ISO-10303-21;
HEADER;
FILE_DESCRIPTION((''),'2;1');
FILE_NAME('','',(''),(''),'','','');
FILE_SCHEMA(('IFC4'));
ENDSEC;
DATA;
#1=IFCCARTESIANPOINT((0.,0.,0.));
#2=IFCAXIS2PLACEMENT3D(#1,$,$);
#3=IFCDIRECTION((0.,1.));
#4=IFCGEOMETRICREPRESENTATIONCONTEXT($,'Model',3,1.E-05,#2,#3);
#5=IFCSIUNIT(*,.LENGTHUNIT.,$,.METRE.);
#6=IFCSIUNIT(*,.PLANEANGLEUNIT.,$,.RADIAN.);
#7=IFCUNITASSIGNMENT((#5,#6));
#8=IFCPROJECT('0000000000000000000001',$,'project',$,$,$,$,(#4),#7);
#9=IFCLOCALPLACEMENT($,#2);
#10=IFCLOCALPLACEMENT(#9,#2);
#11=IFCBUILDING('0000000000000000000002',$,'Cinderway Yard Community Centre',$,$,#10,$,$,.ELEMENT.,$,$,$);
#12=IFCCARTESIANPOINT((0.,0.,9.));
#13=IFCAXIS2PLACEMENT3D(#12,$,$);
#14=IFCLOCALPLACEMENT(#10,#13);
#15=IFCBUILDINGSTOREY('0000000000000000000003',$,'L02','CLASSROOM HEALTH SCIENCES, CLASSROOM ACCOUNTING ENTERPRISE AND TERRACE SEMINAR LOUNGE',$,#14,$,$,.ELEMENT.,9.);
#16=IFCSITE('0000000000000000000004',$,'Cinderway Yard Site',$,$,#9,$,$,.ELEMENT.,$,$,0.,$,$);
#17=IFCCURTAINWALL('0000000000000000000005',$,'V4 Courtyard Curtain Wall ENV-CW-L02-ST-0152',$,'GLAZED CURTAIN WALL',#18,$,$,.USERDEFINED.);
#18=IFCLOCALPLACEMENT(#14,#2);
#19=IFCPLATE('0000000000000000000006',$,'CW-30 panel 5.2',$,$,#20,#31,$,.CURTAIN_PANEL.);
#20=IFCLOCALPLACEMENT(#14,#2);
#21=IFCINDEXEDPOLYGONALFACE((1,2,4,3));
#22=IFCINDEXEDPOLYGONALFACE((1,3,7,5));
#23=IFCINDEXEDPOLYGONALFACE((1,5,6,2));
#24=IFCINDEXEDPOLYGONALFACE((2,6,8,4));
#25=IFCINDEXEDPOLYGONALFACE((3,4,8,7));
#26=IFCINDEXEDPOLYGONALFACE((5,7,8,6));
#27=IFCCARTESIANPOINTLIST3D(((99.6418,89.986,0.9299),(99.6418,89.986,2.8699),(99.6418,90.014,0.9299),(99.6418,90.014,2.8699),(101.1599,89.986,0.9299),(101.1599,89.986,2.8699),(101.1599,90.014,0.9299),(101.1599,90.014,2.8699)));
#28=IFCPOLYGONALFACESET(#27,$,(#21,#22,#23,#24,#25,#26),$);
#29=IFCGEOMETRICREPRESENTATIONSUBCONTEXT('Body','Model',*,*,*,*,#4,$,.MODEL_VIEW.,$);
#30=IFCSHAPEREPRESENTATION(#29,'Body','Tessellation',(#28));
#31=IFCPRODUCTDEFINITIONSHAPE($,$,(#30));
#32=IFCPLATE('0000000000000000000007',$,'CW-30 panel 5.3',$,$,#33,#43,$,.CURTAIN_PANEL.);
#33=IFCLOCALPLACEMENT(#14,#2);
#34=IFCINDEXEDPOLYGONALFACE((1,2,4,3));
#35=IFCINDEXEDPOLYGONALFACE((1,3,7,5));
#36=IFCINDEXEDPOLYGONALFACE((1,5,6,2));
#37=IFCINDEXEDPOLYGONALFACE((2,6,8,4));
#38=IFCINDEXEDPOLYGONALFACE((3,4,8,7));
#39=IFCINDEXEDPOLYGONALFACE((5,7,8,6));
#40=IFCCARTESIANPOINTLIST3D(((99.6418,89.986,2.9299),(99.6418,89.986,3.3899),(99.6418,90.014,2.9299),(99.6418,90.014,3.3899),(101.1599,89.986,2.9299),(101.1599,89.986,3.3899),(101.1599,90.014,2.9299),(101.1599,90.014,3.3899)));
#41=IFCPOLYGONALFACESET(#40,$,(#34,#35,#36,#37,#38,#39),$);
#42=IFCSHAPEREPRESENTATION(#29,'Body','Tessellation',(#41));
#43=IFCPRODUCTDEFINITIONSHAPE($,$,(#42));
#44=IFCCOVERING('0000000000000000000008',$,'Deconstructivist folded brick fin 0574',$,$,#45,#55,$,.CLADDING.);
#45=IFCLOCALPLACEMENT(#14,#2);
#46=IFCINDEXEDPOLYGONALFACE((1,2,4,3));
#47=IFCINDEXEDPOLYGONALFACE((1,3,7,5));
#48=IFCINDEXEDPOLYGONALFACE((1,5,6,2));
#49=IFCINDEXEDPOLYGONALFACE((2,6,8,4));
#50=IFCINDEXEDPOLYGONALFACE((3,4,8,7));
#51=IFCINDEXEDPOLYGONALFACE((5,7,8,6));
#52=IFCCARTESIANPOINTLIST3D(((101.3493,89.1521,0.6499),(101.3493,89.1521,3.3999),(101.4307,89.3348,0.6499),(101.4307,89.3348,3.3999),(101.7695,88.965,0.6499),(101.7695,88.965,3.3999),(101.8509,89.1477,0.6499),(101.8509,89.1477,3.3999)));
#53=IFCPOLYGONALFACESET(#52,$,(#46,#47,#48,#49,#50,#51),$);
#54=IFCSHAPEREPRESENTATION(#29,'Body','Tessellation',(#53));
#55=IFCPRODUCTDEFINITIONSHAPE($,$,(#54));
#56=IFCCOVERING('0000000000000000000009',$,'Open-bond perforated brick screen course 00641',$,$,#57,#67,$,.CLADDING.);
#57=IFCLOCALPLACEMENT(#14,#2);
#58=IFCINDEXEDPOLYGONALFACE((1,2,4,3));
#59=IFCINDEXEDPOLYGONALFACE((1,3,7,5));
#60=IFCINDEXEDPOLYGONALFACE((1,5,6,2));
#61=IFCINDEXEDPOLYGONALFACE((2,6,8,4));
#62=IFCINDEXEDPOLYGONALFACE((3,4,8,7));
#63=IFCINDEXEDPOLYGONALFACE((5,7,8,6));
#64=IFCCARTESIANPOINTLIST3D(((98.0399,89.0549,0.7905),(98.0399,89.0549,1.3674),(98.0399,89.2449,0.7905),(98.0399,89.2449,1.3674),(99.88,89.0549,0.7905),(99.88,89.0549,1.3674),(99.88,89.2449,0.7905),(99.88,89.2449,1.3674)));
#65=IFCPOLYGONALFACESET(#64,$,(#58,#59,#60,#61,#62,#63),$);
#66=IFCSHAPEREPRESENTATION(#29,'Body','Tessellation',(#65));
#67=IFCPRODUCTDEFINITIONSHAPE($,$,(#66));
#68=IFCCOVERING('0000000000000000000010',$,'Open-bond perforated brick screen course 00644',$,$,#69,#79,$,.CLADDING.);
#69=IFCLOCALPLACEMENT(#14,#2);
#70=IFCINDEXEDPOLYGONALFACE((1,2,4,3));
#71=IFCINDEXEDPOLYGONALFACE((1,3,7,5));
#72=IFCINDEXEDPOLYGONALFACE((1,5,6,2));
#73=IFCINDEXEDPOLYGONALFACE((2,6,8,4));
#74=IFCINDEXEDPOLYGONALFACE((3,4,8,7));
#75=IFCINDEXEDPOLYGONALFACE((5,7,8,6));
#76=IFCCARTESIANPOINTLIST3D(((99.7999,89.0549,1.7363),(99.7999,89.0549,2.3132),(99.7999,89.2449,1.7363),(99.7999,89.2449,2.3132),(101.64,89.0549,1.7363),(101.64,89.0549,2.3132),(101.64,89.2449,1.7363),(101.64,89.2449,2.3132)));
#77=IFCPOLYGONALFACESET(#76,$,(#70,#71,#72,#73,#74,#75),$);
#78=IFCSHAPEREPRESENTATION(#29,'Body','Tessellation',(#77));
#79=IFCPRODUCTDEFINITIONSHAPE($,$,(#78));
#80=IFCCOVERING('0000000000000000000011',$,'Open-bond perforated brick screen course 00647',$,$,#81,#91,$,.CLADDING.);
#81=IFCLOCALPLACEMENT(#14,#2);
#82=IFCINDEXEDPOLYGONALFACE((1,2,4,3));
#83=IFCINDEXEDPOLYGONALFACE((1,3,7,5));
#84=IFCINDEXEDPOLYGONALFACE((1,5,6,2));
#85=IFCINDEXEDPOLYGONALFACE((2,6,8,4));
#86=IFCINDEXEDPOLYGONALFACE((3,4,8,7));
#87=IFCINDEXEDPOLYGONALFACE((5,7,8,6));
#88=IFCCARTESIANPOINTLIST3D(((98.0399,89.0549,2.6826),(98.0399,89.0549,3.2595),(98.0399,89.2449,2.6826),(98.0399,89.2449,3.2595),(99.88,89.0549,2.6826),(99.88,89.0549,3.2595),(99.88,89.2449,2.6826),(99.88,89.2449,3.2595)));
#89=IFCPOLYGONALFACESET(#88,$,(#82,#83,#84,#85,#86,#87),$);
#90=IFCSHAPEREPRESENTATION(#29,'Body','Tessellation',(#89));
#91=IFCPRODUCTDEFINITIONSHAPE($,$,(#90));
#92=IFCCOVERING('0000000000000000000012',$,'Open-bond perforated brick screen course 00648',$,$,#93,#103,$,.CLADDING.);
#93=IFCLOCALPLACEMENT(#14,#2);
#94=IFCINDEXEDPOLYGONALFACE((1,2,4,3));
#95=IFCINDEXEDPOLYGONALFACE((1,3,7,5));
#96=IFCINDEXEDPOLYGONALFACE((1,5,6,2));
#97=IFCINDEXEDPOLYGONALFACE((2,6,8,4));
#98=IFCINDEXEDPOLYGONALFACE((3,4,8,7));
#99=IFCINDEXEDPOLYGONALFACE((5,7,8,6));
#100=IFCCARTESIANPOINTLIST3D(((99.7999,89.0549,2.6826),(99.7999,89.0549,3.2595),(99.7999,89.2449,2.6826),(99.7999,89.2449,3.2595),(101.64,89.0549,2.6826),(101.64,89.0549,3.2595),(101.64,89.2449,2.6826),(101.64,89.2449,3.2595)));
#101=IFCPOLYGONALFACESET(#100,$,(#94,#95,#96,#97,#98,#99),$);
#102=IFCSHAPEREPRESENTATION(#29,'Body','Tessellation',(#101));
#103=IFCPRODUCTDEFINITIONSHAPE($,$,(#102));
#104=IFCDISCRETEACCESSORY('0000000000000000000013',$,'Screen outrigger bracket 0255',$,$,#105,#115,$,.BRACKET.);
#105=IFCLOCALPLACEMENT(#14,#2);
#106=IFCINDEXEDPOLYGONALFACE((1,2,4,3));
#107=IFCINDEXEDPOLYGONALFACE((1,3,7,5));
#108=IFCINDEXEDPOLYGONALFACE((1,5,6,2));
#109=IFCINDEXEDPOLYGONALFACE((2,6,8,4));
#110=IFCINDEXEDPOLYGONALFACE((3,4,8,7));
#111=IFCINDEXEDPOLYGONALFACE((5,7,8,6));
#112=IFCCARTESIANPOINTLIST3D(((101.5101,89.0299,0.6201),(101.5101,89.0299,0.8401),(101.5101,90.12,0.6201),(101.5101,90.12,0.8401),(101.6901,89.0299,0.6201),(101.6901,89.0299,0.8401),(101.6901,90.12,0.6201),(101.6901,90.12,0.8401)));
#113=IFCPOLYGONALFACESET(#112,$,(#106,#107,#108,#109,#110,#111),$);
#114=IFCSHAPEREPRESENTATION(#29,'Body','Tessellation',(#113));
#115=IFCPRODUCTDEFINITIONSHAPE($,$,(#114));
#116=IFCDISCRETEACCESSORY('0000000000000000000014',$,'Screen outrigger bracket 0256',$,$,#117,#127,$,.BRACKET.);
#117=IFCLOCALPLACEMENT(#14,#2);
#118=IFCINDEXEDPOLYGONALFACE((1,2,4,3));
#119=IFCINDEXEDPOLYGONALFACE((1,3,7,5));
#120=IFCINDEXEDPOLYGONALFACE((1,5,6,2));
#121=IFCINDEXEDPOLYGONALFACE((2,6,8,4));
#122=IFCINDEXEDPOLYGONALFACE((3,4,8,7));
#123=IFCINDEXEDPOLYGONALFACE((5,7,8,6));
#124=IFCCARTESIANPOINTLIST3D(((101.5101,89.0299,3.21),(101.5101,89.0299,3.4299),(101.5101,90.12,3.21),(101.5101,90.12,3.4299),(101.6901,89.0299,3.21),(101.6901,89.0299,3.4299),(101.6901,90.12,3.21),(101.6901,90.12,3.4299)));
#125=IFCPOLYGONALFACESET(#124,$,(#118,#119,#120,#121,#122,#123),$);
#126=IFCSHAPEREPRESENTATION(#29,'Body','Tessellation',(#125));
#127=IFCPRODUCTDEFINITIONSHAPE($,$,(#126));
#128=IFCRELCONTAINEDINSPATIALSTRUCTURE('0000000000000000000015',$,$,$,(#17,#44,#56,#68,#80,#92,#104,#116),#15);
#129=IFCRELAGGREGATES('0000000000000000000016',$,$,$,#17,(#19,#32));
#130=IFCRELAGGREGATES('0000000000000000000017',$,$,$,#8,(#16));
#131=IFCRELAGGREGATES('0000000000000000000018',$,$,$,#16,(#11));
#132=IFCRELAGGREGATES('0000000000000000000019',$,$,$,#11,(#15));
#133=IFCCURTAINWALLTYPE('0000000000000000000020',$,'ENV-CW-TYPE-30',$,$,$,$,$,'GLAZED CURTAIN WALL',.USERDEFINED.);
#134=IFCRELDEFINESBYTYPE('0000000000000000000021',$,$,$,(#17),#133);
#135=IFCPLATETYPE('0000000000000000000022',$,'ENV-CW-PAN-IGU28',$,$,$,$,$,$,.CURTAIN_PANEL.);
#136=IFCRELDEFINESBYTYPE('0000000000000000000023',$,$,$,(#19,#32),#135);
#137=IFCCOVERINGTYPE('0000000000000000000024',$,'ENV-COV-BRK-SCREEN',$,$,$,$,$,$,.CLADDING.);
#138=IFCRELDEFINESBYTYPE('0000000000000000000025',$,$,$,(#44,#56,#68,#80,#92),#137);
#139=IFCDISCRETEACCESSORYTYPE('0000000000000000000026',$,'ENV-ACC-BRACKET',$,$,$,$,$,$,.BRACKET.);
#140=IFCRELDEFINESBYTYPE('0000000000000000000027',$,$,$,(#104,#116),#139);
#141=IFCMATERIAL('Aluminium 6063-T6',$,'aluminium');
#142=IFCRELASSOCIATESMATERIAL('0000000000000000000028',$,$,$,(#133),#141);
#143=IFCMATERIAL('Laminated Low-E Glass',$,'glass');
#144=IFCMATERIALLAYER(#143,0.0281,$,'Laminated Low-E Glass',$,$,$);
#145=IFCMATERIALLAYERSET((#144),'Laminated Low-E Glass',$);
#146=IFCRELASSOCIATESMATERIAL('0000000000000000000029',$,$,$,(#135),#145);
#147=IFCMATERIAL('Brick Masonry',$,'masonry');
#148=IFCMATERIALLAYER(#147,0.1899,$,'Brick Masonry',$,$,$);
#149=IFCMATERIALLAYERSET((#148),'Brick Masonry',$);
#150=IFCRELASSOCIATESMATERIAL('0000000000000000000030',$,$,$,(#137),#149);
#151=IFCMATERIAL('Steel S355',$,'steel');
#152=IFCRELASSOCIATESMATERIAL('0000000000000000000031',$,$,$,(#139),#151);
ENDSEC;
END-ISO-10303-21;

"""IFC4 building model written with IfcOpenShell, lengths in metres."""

from ifc_helpers import new_model, si_unit, direction, frame, origin, origin_2d, place, context, subcontext, project, spatial, rectangle, extrude, material, layer, layer_set, type_object, element, aggregate, save


model = new_model("IFC4")

# Units and contexts
model_context = context("Model", 3, precision=1e-05, world=origin(), true_north=direction((0.0, 1.0)))
body_context = subcontext(model_context, "Body", "Model", "MODEL_VIEW")
ifc_project = project(units=[si_unit("LENGTHUNIT", "METRE"), si_unit("PLANEANGLEUNIT", "RADIAN")], contexts=[model_context])

# Site, building, storey
site_placement = place(None, origin())
site = spatial("IfcSite", under=ifc_project, at=site_placement, Name="Cinderway Yard Site", CompositionType="ELEMENT", RefElevation=0.0)
building_placement = place(site_placement, origin())
building = spatial("IfcBuilding", under=site, at=building_placement, Name="Cinderway Yard Community Centre", CompositionType="ELEMENT")
storey_placement = place(building_placement, frame((0.0, 0.0, 9.0)))
storey = spatial("IfcBuildingStorey", under=building, at=storey_placement, Name="L02", Description="CLASSROOM HEALTH SCIENCES, CLASSROOM ACCOUNTING ENTERPRISE AND TERRACE SEMINAR LOUNGE", CompositionType="ELEMENT", Elevation=9.0)

# Curtain wall
ifc_material_1 = material(Name="Aluminium 6063-T6", Category="aluminium")
curtain_wall_type = type_object("IfcCurtainWallType", Name="ENV-CW-TYPE-30", ElementType="GLAZED CURTAIN WALL", PredefinedType="USERDEFINED", material=ifc_material_1)
curtain_wall_placement = place(storey_placement, origin())
curtain_wall = element("IfcCurtainWall", 1, at=curtain_wall_placement, inside=storey, type_object=curtain_wall_type, Name="V4 Courtyard Curtain Wall ENV-CW-L02-ST-0152", ObjectType="GLAZED CURTAIN WALL", PredefinedType="USERDEFINED")

# Shared definitions
ifc_material_2 = material(Name="Steel S355", Category="steel")

# Plates
ifc_material_3 = material(Name="Laminated Low-E Glass", Category="glass")
ifc_layer_1 = layer(ifc_material_3, 0.0281, Name="Laminated Low-E Glass")
ifc_layer_set_1 = layer_set([ifc_layer_1], Name="Laminated Low-E Glass")
plate_type = type_object("IfcPlateType", Name="ENV-CW-PAN-IGU28", PredefinedType="CURTAIN_PANEL", material=ifc_layer_set_1)
plate_1_placement = place(storey_placement, frame((100.4009, 90.0, 0.9299), z_axis=(0.0, 0.0, 1.0), x_axis=(1.0, 0.0, 0.0)))
plate_1 = element("IfcPlate", 2, at=plate_1_placement, type_object=plate_type, Name="CW-30 panel 5.2", PredefinedType="CURTAIN_PANEL", context=body_context, shape_type="SweptSolid", body=[
    extrude(rectangle(XDim=1.5181, YDim=0.0281, at=origin_2d()), origin(), (0.0, 0.0, 1.0), 1.9399),
])
plate_2_placement = place(storey_placement, frame((100.4009, 90.0, 2.9299), z_axis=(0.0, 0.0, 1.0), x_axis=(1.0, 0.0, 0.0)))
plate_2 = element("IfcPlate", 3, at=plate_2_placement, type_object=plate_type, Name="CW-30 panel 5.3", PredefinedType="CURTAIN_PANEL", context=body_context, shape_type="SweptSolid", body=[
    extrude(rectangle(XDim=1.5181, YDim=0.0281, at=origin_2d()), origin(), (0.0, 0.0, 1.0), 0.46),
])
aggregate(curtain_wall, [plate_1, plate_2])

# Coverings
ifc_material_4 = material(Name="Brick Masonry", Category="masonry")
ifc_layer_2 = layer(ifc_material_4, 0.1899, Name="Brick Masonry")
ifc_layer_set_2 = layer_set([ifc_layer_2], Name="Brick Masonry")
covering_type = type_object("IfcCoveringType", Name="ENV-COV-BRK-SCREEN", PredefinedType="CLADDING", material=ifc_layer_set_2)
covering_placement = place(storey_placement, frame((101.6001, 89.1499, 0.6499), z_axis=(0.0, 0.0, 1.0), x_axis=(-0.913545, 0.406737, 0.0)))
element("IfcCovering", 4, at=covering_placement, inside=storey, type_object=covering_type, Name="Deconstructivist folded brick fin 0574", PredefinedType="CLADDING", context=body_context, shape_type="SweptSolid", body=[
    extrude(rectangle(XDim=0.46, YDim=0.2, at=origin_2d()), origin(), (0.0, 0.0, 1.0), 2.75),
])
for number, where, z_axis, x_axis, name in (
    (5, (98.96, 89.1499, 0.7905), (0.0, 0.0, 1.0), (-1.0, 0.0, 0.0), "Open-bond perforated brick screen course 00641"),
    (6, (100.72, 89.1499, 1.7363), (0.0, 0.0, 1.0), (-1.0, 0.0, 0.0), "Open-bond perforated brick screen course 00644"),
    (7, (98.96, 89.1499, 2.6826), (0.0, 0.0, 1.0), (-1.0, 0.0, 0.0), "Open-bond perforated brick screen course 00647"),
    (8, (100.72, 89.1499, 2.6826), (0.0, 0.0, 1.0), (-1.0, 0.0, 0.0), "Open-bond perforated brick screen course 00648"),
):
    element("IfcCovering", number, at=place(storey_placement, frame(where, z_axis=z_axis, x_axis=x_axis)), inside=storey, type_object=covering_type, Name=name, PredefinedType="CLADDING", context=body_context, shape_type="SweptSolid", body=[
        extrude(rectangle(XDim=1.8401, YDim=0.1899, at=origin_2d()), origin(), (0.0, 0.0, 1.0), 0.5769),
    ])

# Discrete accessories
discrete_accessory_type = type_object("IfcDiscreteAccessoryType", Name="ENV-ACC-BRACKET", PredefinedType="BRACKET", material=ifc_material_2)
for number, where, z_axis, x_axis, name in (
    (9, (101.6001, 89.575, 0.6201), (0.0, 0.0, 1.0), (0.0, -1.0, 0.0), "Screen outrigger bracket 0255"),
    (10, (101.6001, 89.575, 3.21), (0.0, 0.0, 1.0), (0.0, -1.0, 0.0), "Screen outrigger bracket 0256"),
):
    element("IfcDiscreteAccessory", number, at=place(storey_placement, frame(where, z_axis=z_axis, x_axis=x_axis)), inside=storey, type_object=discrete_accessory_type, Name=name, PredefinedType="BRACKET", context=body_context, shape_type="SweptSolid", body=[
        extrude(rectangle(XDim=1.0901, YDim=0.1799, at=origin_2d()), origin(), (0.0, 0.0, 1.0), 0.22),
    ])

save(model, "model.ifc")
